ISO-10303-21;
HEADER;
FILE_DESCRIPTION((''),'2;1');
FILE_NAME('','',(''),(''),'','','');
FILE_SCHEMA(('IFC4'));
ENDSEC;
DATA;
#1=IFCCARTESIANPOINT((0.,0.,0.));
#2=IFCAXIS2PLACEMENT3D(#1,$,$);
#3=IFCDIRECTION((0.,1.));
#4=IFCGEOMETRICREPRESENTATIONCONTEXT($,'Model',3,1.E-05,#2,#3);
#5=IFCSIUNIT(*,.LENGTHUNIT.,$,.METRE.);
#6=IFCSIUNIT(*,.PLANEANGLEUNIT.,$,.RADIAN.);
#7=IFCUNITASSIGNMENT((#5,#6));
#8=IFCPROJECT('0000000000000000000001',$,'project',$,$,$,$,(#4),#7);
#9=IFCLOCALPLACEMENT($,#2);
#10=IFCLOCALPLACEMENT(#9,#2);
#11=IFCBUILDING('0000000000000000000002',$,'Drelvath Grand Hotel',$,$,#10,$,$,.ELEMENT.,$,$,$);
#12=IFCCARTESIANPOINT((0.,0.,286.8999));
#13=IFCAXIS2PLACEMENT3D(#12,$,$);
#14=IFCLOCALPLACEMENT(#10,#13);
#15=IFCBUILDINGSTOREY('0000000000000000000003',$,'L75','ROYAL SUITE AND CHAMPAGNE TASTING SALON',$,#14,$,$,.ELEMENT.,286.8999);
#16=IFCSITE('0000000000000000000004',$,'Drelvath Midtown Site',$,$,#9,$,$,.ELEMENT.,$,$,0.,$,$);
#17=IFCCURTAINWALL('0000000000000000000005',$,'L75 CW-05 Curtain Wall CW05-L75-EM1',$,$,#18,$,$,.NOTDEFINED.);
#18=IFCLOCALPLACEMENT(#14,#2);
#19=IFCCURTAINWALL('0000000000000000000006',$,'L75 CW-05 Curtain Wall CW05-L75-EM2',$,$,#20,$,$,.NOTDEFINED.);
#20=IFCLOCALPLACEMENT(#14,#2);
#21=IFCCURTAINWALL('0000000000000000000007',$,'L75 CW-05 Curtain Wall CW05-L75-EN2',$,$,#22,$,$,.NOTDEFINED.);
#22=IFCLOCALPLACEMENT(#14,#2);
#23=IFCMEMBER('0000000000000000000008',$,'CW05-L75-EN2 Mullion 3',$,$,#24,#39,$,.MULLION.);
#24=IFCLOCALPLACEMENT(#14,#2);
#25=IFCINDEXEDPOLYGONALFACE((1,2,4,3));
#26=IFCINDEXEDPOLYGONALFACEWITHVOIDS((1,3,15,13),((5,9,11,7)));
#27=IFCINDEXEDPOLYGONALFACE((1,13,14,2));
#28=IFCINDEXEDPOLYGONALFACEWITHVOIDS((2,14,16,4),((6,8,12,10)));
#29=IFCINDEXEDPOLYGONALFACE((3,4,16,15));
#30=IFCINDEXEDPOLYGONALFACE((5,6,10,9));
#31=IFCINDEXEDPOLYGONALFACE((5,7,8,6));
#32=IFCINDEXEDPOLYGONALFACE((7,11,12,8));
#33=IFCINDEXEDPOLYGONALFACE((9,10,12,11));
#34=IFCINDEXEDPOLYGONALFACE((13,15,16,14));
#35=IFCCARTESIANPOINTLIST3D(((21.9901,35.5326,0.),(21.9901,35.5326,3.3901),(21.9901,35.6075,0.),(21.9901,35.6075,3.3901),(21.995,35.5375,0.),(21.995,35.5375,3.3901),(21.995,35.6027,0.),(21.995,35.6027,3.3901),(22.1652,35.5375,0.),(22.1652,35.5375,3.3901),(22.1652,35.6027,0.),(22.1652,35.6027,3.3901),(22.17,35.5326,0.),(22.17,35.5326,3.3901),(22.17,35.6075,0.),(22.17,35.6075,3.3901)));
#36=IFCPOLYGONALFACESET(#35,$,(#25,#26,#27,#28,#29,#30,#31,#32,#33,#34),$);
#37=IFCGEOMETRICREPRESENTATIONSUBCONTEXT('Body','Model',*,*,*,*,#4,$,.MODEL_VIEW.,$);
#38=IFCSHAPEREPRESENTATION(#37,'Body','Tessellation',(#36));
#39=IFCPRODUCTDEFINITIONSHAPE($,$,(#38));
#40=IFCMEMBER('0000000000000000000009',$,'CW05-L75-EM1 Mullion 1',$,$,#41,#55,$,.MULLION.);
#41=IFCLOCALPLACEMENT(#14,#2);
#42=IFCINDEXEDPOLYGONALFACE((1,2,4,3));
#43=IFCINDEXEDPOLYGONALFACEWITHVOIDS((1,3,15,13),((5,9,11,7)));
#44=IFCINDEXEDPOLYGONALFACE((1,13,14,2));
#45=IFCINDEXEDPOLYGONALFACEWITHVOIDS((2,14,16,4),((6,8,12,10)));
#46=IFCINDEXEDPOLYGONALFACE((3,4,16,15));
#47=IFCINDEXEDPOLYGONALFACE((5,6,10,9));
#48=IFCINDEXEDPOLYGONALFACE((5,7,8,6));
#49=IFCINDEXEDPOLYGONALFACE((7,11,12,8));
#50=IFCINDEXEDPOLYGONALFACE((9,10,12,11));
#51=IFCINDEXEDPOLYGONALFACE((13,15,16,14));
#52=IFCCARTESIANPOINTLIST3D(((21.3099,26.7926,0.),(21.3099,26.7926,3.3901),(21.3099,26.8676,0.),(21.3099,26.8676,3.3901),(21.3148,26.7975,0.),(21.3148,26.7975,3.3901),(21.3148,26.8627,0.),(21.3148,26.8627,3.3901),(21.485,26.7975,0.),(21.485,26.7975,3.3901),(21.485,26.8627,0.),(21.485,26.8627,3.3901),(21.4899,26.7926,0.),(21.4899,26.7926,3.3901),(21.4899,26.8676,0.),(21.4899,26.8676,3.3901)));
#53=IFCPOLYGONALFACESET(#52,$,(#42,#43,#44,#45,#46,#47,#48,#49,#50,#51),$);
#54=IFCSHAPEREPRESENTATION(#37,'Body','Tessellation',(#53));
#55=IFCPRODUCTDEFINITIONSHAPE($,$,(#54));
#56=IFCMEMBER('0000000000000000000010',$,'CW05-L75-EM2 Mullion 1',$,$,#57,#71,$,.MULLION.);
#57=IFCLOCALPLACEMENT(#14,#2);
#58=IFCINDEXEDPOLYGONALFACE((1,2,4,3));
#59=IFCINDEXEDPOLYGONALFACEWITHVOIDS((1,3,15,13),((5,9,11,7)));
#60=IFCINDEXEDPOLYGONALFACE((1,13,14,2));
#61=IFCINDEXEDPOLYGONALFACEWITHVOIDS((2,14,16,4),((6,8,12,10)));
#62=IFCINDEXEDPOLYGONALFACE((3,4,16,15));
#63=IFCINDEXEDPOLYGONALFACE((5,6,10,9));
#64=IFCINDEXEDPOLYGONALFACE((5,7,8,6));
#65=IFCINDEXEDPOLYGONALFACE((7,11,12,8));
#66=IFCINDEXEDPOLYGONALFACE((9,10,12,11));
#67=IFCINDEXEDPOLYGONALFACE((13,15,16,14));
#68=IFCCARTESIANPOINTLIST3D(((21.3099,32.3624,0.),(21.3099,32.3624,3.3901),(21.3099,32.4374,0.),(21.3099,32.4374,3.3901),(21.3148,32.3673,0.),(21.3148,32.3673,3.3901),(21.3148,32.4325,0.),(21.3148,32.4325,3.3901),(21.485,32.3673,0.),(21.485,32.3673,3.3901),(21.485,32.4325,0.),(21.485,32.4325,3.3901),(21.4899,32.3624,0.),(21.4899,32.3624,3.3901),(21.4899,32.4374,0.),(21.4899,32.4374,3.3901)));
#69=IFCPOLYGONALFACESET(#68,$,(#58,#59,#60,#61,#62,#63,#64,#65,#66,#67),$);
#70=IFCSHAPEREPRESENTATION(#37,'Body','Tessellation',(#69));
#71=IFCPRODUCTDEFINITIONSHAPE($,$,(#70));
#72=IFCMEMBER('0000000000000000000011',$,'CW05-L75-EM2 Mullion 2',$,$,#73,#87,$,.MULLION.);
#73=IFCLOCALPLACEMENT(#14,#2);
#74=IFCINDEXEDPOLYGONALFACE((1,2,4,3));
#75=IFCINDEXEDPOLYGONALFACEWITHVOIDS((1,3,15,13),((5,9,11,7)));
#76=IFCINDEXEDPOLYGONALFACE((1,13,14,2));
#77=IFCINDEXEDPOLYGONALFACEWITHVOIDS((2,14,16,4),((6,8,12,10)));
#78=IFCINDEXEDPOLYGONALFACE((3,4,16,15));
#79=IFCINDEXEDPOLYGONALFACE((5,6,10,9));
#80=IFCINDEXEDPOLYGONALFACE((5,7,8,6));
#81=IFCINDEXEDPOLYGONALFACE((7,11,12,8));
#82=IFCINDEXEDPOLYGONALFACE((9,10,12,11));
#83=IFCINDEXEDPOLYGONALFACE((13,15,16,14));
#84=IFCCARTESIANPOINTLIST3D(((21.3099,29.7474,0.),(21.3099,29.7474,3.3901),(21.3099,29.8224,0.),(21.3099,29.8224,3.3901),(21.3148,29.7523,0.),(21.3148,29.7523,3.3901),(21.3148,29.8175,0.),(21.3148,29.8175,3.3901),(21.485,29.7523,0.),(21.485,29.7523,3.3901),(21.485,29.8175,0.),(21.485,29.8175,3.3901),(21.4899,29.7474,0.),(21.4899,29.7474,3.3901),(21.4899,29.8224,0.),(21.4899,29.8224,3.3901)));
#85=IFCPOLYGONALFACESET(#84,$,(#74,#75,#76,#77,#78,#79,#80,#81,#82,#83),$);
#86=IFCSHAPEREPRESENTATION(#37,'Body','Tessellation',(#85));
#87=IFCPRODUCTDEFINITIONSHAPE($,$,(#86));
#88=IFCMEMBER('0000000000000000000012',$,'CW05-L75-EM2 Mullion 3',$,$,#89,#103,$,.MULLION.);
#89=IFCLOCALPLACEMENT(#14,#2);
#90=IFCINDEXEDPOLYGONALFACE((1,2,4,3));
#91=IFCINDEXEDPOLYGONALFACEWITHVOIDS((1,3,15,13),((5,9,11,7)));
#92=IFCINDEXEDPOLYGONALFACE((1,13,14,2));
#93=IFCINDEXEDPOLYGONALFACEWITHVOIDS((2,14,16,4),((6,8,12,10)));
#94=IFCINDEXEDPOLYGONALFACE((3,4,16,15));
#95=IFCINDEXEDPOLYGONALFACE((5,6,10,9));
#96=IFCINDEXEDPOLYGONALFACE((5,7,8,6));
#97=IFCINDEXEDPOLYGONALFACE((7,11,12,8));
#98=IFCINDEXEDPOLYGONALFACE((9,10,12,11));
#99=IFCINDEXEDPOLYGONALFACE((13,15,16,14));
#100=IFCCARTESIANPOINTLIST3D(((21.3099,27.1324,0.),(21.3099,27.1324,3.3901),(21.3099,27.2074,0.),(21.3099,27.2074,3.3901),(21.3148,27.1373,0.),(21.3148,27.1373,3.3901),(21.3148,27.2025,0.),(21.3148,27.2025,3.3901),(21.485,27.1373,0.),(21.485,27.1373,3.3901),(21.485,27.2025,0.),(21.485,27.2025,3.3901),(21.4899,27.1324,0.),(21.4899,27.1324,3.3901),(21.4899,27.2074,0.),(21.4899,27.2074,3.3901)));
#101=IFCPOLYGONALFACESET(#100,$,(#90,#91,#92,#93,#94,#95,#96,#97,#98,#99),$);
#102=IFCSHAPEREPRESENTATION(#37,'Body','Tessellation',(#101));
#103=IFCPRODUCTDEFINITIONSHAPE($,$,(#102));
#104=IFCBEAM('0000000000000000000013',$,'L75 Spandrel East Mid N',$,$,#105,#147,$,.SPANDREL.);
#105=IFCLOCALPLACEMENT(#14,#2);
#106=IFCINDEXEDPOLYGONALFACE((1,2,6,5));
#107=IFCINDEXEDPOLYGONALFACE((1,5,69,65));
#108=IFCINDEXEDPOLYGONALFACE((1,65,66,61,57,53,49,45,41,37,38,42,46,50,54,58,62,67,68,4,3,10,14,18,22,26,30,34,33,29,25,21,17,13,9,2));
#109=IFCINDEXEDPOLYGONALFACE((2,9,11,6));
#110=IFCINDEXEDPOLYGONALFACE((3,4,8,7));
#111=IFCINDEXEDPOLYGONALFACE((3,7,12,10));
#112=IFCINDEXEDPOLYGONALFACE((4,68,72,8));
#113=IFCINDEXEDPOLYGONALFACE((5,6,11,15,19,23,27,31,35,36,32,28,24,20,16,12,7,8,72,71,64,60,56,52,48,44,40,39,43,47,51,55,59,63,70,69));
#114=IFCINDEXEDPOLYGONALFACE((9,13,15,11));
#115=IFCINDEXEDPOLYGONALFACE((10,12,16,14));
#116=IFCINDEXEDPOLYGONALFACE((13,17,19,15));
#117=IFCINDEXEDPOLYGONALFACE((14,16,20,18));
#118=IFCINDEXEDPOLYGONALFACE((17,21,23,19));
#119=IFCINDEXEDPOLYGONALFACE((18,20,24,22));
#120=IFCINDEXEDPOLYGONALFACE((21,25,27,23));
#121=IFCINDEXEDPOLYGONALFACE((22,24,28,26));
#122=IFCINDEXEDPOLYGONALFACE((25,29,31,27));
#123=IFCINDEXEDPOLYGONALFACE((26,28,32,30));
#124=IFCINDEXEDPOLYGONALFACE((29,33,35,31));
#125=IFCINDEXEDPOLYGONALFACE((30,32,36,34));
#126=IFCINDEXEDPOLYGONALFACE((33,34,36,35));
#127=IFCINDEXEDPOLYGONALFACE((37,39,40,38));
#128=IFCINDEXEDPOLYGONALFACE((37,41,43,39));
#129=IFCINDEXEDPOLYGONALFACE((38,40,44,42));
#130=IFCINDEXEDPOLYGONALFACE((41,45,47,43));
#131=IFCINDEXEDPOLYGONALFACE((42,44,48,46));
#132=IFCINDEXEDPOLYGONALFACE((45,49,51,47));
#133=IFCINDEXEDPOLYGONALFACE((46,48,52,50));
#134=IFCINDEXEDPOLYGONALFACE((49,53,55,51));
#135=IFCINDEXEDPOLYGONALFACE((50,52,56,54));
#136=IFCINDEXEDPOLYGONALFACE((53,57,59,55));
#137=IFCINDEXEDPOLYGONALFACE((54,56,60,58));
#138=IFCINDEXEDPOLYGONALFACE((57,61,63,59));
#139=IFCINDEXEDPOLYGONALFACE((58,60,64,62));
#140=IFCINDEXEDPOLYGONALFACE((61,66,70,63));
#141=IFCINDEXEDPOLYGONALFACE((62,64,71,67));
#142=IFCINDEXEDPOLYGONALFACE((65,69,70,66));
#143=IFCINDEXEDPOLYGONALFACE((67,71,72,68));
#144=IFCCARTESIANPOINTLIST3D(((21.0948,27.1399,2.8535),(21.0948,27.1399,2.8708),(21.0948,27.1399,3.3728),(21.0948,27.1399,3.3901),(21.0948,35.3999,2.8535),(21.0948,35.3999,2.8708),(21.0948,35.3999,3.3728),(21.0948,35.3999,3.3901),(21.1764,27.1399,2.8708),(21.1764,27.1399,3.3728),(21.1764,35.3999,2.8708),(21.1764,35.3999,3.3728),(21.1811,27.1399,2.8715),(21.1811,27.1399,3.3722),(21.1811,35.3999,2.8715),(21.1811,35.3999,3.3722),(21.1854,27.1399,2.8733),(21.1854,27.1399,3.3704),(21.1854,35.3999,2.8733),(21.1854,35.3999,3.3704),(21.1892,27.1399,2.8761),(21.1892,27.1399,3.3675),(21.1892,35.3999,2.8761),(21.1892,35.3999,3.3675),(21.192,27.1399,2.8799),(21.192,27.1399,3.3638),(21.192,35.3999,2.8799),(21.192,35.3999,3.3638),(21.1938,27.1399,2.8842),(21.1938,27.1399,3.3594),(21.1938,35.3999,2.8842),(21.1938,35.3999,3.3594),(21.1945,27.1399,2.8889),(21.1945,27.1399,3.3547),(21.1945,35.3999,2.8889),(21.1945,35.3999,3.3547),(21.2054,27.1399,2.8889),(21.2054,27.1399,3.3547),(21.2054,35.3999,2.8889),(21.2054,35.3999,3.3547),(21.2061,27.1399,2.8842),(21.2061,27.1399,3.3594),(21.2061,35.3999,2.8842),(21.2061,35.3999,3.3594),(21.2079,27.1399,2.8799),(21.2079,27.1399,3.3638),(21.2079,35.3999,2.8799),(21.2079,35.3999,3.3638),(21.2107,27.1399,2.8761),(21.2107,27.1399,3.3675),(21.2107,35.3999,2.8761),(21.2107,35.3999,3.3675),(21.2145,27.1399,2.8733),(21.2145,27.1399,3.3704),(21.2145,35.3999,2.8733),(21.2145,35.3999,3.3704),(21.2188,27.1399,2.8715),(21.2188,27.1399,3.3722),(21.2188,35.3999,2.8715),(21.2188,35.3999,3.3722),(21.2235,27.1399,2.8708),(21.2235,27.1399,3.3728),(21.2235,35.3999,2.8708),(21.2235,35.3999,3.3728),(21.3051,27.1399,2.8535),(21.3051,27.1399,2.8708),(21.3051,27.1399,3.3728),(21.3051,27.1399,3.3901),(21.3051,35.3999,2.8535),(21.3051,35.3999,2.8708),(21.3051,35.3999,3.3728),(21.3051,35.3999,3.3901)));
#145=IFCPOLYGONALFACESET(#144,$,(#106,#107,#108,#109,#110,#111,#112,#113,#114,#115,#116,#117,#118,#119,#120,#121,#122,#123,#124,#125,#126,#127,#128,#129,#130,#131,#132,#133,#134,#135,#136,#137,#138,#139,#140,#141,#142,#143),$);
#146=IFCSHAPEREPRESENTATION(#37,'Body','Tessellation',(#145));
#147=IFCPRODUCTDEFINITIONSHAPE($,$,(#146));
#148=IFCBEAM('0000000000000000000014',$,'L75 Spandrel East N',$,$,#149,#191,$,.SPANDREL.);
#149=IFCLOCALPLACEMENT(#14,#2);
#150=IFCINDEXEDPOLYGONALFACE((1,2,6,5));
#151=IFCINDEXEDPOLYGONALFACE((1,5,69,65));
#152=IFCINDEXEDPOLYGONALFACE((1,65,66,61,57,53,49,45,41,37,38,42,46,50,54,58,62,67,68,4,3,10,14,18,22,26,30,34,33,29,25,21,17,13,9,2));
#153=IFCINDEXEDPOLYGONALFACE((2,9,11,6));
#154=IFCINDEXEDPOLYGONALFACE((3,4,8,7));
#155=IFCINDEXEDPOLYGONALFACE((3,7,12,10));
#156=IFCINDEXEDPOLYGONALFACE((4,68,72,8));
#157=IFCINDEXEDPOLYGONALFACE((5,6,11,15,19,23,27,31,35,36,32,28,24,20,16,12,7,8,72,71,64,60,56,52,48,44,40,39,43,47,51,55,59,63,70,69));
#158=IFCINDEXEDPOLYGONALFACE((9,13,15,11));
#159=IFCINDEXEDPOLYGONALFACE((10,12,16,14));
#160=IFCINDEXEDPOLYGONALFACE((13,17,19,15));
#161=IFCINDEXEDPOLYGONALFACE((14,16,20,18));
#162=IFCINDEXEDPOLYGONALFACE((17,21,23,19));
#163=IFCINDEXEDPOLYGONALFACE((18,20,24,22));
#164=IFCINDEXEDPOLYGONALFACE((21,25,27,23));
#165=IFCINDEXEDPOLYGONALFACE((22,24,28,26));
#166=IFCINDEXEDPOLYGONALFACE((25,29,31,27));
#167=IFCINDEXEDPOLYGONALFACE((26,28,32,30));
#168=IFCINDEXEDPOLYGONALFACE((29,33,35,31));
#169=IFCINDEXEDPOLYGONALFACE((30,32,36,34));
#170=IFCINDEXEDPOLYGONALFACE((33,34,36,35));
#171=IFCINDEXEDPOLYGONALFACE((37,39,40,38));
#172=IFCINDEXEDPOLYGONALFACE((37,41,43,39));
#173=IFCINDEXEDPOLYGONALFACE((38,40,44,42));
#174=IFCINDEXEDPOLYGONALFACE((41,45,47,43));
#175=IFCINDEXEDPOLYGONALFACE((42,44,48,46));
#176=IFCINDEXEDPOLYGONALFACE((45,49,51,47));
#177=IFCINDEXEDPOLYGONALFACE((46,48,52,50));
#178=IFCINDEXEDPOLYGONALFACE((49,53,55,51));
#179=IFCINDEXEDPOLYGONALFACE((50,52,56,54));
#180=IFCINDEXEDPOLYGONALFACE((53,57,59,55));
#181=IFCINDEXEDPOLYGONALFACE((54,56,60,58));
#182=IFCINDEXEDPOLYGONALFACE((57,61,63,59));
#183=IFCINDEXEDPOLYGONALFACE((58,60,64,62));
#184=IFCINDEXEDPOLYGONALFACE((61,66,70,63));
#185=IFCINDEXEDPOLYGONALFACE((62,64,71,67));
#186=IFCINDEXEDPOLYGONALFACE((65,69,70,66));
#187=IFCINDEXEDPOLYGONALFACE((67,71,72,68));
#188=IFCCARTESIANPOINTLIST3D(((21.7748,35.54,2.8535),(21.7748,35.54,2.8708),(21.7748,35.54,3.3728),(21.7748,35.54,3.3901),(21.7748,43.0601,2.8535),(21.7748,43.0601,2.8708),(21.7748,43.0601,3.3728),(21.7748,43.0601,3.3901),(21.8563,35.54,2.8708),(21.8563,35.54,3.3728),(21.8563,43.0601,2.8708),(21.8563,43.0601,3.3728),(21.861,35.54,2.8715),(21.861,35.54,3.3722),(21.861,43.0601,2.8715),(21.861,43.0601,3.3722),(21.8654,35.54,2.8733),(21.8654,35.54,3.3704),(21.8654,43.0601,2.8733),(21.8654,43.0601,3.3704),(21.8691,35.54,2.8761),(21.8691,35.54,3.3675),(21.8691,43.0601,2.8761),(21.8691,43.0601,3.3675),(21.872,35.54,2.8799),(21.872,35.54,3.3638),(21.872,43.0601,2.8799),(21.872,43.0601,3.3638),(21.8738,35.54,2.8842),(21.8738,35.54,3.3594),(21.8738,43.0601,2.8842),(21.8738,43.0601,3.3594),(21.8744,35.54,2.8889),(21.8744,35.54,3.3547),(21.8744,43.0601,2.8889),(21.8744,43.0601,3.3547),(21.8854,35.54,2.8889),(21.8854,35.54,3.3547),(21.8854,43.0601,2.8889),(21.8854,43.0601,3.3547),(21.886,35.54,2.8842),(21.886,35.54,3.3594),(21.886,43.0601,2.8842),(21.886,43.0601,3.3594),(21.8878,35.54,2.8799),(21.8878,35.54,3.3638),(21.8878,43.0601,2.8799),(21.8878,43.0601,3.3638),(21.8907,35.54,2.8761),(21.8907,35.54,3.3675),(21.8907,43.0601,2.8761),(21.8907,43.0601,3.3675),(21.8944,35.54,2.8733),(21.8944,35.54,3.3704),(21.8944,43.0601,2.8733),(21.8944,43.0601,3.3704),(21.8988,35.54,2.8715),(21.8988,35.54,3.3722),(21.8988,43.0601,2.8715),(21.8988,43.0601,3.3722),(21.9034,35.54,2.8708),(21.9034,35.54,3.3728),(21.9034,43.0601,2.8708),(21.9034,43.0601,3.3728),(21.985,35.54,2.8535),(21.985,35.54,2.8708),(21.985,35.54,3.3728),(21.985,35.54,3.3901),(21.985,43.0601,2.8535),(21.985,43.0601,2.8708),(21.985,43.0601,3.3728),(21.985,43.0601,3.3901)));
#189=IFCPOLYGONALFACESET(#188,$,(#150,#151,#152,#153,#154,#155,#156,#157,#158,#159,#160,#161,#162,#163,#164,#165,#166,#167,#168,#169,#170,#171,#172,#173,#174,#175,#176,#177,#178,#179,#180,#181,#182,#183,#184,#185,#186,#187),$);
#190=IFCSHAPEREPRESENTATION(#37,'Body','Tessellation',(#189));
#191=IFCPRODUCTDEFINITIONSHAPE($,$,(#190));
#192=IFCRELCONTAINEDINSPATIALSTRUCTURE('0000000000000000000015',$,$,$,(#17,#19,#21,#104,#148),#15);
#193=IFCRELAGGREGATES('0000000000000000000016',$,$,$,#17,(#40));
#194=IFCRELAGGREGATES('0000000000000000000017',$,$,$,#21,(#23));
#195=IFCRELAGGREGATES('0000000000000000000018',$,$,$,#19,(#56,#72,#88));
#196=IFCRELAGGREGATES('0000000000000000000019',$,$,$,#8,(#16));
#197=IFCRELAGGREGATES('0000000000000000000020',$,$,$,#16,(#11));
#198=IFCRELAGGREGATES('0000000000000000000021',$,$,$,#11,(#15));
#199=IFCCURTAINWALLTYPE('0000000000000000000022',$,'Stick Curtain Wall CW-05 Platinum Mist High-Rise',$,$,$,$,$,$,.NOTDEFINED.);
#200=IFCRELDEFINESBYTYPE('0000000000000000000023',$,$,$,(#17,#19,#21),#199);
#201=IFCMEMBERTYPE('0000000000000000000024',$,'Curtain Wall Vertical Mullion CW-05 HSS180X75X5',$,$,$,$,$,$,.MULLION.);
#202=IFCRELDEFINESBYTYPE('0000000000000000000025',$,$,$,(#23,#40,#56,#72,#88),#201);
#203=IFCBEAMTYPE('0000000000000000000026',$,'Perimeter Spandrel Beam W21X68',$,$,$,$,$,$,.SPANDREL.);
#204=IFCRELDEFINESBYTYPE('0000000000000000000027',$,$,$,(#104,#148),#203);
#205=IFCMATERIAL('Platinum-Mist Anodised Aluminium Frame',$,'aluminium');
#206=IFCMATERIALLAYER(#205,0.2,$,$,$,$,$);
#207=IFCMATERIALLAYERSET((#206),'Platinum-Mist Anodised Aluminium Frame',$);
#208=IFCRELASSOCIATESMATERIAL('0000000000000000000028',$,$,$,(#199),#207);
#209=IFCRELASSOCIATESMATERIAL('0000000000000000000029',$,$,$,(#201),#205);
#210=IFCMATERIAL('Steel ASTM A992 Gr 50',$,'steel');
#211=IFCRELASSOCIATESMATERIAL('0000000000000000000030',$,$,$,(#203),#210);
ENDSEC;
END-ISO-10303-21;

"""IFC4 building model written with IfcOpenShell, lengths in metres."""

from ifc_helpers import new_model, si_unit, direction, frame, origin, origin_2d, place, context, subcontext, project, spatial, hollow_rectangle, i_section, extrude, material, layer, layer_set, material_profile, profile_set, type_object, element, aggregate, save


model = new_model("IFC4")

# Units and contexts
model_context = context("Model", 3, precision=1e-05, world=origin(), true_north=direction((0.0, 1.0)))
body_context = subcontext(model_context, "Body", "Model", "MODEL_VIEW")
ifc_project = project(units=[si_unit("LENGTHUNIT", "METRE"), si_unit("PLANEANGLEUNIT", "RADIAN")], contexts=[model_context])

# Site, building, storey
site_placement = place(None, origin())
site = spatial("IfcSite", under=ifc_project, at=site_placement, Name="Drelvath Midtown Site", CompositionType="ELEMENT", RefElevation=0.0)
building_placement = place(site_placement, origin())
building = spatial("IfcBuilding", under=site, at=building_placement, Name="Drelvath Grand Hotel", CompositionType="ELEMENT")
storey_placement = place(building_placement, frame((0.0, 0.0, 286.8999)))
storey = spatial("IfcBuildingStorey", under=building, at=storey_placement, Name="L75", Description="ROYAL SUITE AND CHAMPAGNE TASTING SALON", CompositionType="ELEMENT", Elevation=286.8999)

# Curtain walls
ifc_material_1 = material(Name="Platinum-Mist Anodised Aluminium Frame", Category="aluminium")
ifc_layer_1 = layer(ifc_material_1, 0.2)
ifc_layer_set_1 = layer_set([ifc_layer_1], Name="Platinum-Mist Anodised Aluminium Frame")
curtain_wall_type = type_object("IfcCurtainWallType", Name="Stick Curtain Wall CW-05 Platinum Mist High-Rise", PredefinedType="NOTDEFINED", material=ifc_layer_set_1)
curtain_wall_1_placement = place(storey_placement, origin())
curtain_wall_1 = element("IfcCurtainWall", 1, at=curtain_wall_1_placement, inside=storey, type_object=curtain_wall_type, Name="L75 CW-05 Curtain Wall CW05-L75-EM1", PredefinedType="NOTDEFINED")
curtain_wall_2_placement = place(storey_placement, origin())
curtain_wall_2 = element("IfcCurtainWall", 2, at=curtain_wall_2_placement, inside=storey, type_object=curtain_wall_type, Name="L75 CW-05 Curtain Wall CW05-L75-EM2", PredefinedType="NOTDEFINED")

# Shared definitions
ifc_material_profile_1 = material_profile(ifc_material_1, hollow_rectangle(XDim=0.075, YDim=0.1799, WallThickness=0.0049, at=origin_2d()), Name="HSS180X75X5")
ifc_profile_set_1 = profile_set([ifc_material_profile_1], Name="Platinum-Mist Anodised Aluminium Frame")
member_type_1 = type_object("IfcMemberType", Name="Curtain Wall Vertical Mullion CW-05 HSS180X75X5", PredefinedType="MULLION", material=ifc_profile_set_1)

# Curtain wall, member
curtain_wall_3_placement = place(storey_placement, origin())
curtain_wall_3 = element("IfcCurtainWall", 3, at=curtain_wall_3_placement, inside=storey, type_object=curtain_wall_type, Name="L75 CW-05 Curtain Wall CW05-L75-EN2", PredefinedType="NOTDEFINED")
member_1_placement = place(storey_placement, frame((22.0801, 35.5701, 0.0), z_axis=(0.0, 0.0, 1.0), x_axis=(0.0, 1.0, 0.0)))
member_1 = element("IfcMember", 4, at=member_1_placement, type_object=member_type_1, Name="CW05-L75-EN2 Mullion 3", PredefinedType="MULLION", context=body_context, shape_type="SweptSolid", body=[
    extrude(hollow_rectangle(XDim=0.075, YDim=0.1799, WallThickness=0.0049, at=origin_2d()), origin(), (0.0, 0.0, 1.0), 3.3901),
])

# Members
member_2_placement = place(storey_placement, frame((21.3999, 26.8301, 0.0), z_axis=(0.0, 0.0, 1.0), x_axis=(0.0, 1.0, 0.0)))
member_2 = element("IfcMember", 5, at=member_2_placement, type_object=member_type_1, Name="CW05-L75-EM1 Mullion 1", PredefinedType="MULLION", context=body_context, shape_type="SweptSolid", body=[
    extrude(hollow_rectangle(XDim=0.075, YDim=0.1799, WallThickness=0.0049, at=origin_2d()), origin(), (0.0, 0.0, 1.0), 3.3901),
])
aggregate(curtain_wall_1, [member_2])
member_3_placement = place(storey_placement, frame((21.3999, 32.3999, 0.0), z_axis=(0.0, 0.0, 1.0), x_axis=(0.0, 1.0, 0.0)))
member_3 = element("IfcMember", 6, at=member_3_placement, type_object=member_type_1, Name="CW05-L75-EM2 Mullion 1", PredefinedType="MULLION", context=body_context, shape_type="SweptSolid", body=[
    extrude(hollow_rectangle(XDim=0.075, YDim=0.1799, WallThickness=0.0049, at=origin_2d()), origin(), (0.0, 0.0, 1.0), 3.3901),
])
member_4_placement = place(storey_placement, frame((21.3999, 29.7849, 0.0), z_axis=(0.0, 0.0, 1.0), x_axis=(0.0, 1.0, 0.0)))
member_4 = element("IfcMember", 7, at=member_4_placement, type_object=member_type_1, Name="CW05-L75-EM2 Mullion 2", PredefinedType="MULLION", context=body_context, shape_type="SweptSolid", body=[
    extrude(hollow_rectangle(XDim=0.075, YDim=0.1799, WallThickness=0.0049, at=origin_2d()), origin(), (0.0, 0.0, 1.0), 3.3901),
])
member_5_placement = place(storey_placement, frame((21.3999, 27.1699, 0.0), z_axis=(0.0, 0.0, 1.0), x_axis=(0.0, 1.0, 0.0)))
member_5 = element("IfcMember", 8, at=member_5_placement, type_object=member_type_1, Name="CW05-L75-EM2 Mullion 3", PredefinedType="MULLION", context=body_context, shape_type="SweptSolid", body=[
    extrude(hollow_rectangle(XDim=0.075, YDim=0.1799, WallThickness=0.0049, at=origin_2d()), origin(), (0.0, 0.0, 1.0), 3.3901),
])

# Beams
ifc_material_2 = material(Name="Steel ASTM A992 Gr 50", Category="steel")
ifc_material_profile_2 = material_profile(ifc_material_2, i_section(OverallWidth=0.2102, OverallDepth=0.5366, WebThickness=0.011, FlangeThickness=0.0173, FilletRadius=0.0181, at=origin_2d()), Name="W21X68")
ifc_profile_set_2 = profile_set([ifc_material_profile_2], Name="Steel ASTM A992 Gr 50")
beam_type = type_object("IfcBeamType", Name="Perimeter Spandrel Beam W21X68", PredefinedType="SPANDREL", material=ifc_profile_set_2)
beam_1_placement = place(storey_placement, frame((21.2, 27.1399, 3.1218), z_axis=(0.0, 1.0, 0.0), x_axis=(-1.0, 0.0, 0.0)))
element("IfcBeam", 9, at=beam_1_placement, inside=storey, type_object=beam_type, Name="L75 Spandrel East Mid N", PredefinedType="SPANDREL", context=body_context, shape_type="SweptSolid", body=[
    extrude(i_section(OverallWidth=0.2102, OverallDepth=0.5366, WebThickness=0.011, FlangeThickness=0.0173, FilletRadius=0.0181, at=origin_2d()), origin(), (0.0, 0.0, 1.0), 8.26),
])
beam_2_placement = place(storey_placement, frame((21.8799, 35.54, 3.1218), z_axis=(0.0, 1.0, 0.0), x_axis=(-1.0, 0.0, 0.0)))
element("IfcBeam", 10, at=beam_2_placement, inside=storey, type_object=beam_type, Name="L75 Spandrel East N", PredefinedType="SPANDREL", context=body_context, shape_type="SweptSolid", body=[
    extrude(i_section(OverallWidth=0.2102, OverallDepth=0.5366, WebThickness=0.011, FlangeThickness=0.0173, FilletRadius=0.0181, at=origin_2d()), origin(), (0.0, 0.0, 1.0), 7.52),
])

aggregate(curtain_wall_3, [member_1])
aggregate(curtain_wall_2, [member_3, member_4, member_5])

save(model, "model.ifc")
